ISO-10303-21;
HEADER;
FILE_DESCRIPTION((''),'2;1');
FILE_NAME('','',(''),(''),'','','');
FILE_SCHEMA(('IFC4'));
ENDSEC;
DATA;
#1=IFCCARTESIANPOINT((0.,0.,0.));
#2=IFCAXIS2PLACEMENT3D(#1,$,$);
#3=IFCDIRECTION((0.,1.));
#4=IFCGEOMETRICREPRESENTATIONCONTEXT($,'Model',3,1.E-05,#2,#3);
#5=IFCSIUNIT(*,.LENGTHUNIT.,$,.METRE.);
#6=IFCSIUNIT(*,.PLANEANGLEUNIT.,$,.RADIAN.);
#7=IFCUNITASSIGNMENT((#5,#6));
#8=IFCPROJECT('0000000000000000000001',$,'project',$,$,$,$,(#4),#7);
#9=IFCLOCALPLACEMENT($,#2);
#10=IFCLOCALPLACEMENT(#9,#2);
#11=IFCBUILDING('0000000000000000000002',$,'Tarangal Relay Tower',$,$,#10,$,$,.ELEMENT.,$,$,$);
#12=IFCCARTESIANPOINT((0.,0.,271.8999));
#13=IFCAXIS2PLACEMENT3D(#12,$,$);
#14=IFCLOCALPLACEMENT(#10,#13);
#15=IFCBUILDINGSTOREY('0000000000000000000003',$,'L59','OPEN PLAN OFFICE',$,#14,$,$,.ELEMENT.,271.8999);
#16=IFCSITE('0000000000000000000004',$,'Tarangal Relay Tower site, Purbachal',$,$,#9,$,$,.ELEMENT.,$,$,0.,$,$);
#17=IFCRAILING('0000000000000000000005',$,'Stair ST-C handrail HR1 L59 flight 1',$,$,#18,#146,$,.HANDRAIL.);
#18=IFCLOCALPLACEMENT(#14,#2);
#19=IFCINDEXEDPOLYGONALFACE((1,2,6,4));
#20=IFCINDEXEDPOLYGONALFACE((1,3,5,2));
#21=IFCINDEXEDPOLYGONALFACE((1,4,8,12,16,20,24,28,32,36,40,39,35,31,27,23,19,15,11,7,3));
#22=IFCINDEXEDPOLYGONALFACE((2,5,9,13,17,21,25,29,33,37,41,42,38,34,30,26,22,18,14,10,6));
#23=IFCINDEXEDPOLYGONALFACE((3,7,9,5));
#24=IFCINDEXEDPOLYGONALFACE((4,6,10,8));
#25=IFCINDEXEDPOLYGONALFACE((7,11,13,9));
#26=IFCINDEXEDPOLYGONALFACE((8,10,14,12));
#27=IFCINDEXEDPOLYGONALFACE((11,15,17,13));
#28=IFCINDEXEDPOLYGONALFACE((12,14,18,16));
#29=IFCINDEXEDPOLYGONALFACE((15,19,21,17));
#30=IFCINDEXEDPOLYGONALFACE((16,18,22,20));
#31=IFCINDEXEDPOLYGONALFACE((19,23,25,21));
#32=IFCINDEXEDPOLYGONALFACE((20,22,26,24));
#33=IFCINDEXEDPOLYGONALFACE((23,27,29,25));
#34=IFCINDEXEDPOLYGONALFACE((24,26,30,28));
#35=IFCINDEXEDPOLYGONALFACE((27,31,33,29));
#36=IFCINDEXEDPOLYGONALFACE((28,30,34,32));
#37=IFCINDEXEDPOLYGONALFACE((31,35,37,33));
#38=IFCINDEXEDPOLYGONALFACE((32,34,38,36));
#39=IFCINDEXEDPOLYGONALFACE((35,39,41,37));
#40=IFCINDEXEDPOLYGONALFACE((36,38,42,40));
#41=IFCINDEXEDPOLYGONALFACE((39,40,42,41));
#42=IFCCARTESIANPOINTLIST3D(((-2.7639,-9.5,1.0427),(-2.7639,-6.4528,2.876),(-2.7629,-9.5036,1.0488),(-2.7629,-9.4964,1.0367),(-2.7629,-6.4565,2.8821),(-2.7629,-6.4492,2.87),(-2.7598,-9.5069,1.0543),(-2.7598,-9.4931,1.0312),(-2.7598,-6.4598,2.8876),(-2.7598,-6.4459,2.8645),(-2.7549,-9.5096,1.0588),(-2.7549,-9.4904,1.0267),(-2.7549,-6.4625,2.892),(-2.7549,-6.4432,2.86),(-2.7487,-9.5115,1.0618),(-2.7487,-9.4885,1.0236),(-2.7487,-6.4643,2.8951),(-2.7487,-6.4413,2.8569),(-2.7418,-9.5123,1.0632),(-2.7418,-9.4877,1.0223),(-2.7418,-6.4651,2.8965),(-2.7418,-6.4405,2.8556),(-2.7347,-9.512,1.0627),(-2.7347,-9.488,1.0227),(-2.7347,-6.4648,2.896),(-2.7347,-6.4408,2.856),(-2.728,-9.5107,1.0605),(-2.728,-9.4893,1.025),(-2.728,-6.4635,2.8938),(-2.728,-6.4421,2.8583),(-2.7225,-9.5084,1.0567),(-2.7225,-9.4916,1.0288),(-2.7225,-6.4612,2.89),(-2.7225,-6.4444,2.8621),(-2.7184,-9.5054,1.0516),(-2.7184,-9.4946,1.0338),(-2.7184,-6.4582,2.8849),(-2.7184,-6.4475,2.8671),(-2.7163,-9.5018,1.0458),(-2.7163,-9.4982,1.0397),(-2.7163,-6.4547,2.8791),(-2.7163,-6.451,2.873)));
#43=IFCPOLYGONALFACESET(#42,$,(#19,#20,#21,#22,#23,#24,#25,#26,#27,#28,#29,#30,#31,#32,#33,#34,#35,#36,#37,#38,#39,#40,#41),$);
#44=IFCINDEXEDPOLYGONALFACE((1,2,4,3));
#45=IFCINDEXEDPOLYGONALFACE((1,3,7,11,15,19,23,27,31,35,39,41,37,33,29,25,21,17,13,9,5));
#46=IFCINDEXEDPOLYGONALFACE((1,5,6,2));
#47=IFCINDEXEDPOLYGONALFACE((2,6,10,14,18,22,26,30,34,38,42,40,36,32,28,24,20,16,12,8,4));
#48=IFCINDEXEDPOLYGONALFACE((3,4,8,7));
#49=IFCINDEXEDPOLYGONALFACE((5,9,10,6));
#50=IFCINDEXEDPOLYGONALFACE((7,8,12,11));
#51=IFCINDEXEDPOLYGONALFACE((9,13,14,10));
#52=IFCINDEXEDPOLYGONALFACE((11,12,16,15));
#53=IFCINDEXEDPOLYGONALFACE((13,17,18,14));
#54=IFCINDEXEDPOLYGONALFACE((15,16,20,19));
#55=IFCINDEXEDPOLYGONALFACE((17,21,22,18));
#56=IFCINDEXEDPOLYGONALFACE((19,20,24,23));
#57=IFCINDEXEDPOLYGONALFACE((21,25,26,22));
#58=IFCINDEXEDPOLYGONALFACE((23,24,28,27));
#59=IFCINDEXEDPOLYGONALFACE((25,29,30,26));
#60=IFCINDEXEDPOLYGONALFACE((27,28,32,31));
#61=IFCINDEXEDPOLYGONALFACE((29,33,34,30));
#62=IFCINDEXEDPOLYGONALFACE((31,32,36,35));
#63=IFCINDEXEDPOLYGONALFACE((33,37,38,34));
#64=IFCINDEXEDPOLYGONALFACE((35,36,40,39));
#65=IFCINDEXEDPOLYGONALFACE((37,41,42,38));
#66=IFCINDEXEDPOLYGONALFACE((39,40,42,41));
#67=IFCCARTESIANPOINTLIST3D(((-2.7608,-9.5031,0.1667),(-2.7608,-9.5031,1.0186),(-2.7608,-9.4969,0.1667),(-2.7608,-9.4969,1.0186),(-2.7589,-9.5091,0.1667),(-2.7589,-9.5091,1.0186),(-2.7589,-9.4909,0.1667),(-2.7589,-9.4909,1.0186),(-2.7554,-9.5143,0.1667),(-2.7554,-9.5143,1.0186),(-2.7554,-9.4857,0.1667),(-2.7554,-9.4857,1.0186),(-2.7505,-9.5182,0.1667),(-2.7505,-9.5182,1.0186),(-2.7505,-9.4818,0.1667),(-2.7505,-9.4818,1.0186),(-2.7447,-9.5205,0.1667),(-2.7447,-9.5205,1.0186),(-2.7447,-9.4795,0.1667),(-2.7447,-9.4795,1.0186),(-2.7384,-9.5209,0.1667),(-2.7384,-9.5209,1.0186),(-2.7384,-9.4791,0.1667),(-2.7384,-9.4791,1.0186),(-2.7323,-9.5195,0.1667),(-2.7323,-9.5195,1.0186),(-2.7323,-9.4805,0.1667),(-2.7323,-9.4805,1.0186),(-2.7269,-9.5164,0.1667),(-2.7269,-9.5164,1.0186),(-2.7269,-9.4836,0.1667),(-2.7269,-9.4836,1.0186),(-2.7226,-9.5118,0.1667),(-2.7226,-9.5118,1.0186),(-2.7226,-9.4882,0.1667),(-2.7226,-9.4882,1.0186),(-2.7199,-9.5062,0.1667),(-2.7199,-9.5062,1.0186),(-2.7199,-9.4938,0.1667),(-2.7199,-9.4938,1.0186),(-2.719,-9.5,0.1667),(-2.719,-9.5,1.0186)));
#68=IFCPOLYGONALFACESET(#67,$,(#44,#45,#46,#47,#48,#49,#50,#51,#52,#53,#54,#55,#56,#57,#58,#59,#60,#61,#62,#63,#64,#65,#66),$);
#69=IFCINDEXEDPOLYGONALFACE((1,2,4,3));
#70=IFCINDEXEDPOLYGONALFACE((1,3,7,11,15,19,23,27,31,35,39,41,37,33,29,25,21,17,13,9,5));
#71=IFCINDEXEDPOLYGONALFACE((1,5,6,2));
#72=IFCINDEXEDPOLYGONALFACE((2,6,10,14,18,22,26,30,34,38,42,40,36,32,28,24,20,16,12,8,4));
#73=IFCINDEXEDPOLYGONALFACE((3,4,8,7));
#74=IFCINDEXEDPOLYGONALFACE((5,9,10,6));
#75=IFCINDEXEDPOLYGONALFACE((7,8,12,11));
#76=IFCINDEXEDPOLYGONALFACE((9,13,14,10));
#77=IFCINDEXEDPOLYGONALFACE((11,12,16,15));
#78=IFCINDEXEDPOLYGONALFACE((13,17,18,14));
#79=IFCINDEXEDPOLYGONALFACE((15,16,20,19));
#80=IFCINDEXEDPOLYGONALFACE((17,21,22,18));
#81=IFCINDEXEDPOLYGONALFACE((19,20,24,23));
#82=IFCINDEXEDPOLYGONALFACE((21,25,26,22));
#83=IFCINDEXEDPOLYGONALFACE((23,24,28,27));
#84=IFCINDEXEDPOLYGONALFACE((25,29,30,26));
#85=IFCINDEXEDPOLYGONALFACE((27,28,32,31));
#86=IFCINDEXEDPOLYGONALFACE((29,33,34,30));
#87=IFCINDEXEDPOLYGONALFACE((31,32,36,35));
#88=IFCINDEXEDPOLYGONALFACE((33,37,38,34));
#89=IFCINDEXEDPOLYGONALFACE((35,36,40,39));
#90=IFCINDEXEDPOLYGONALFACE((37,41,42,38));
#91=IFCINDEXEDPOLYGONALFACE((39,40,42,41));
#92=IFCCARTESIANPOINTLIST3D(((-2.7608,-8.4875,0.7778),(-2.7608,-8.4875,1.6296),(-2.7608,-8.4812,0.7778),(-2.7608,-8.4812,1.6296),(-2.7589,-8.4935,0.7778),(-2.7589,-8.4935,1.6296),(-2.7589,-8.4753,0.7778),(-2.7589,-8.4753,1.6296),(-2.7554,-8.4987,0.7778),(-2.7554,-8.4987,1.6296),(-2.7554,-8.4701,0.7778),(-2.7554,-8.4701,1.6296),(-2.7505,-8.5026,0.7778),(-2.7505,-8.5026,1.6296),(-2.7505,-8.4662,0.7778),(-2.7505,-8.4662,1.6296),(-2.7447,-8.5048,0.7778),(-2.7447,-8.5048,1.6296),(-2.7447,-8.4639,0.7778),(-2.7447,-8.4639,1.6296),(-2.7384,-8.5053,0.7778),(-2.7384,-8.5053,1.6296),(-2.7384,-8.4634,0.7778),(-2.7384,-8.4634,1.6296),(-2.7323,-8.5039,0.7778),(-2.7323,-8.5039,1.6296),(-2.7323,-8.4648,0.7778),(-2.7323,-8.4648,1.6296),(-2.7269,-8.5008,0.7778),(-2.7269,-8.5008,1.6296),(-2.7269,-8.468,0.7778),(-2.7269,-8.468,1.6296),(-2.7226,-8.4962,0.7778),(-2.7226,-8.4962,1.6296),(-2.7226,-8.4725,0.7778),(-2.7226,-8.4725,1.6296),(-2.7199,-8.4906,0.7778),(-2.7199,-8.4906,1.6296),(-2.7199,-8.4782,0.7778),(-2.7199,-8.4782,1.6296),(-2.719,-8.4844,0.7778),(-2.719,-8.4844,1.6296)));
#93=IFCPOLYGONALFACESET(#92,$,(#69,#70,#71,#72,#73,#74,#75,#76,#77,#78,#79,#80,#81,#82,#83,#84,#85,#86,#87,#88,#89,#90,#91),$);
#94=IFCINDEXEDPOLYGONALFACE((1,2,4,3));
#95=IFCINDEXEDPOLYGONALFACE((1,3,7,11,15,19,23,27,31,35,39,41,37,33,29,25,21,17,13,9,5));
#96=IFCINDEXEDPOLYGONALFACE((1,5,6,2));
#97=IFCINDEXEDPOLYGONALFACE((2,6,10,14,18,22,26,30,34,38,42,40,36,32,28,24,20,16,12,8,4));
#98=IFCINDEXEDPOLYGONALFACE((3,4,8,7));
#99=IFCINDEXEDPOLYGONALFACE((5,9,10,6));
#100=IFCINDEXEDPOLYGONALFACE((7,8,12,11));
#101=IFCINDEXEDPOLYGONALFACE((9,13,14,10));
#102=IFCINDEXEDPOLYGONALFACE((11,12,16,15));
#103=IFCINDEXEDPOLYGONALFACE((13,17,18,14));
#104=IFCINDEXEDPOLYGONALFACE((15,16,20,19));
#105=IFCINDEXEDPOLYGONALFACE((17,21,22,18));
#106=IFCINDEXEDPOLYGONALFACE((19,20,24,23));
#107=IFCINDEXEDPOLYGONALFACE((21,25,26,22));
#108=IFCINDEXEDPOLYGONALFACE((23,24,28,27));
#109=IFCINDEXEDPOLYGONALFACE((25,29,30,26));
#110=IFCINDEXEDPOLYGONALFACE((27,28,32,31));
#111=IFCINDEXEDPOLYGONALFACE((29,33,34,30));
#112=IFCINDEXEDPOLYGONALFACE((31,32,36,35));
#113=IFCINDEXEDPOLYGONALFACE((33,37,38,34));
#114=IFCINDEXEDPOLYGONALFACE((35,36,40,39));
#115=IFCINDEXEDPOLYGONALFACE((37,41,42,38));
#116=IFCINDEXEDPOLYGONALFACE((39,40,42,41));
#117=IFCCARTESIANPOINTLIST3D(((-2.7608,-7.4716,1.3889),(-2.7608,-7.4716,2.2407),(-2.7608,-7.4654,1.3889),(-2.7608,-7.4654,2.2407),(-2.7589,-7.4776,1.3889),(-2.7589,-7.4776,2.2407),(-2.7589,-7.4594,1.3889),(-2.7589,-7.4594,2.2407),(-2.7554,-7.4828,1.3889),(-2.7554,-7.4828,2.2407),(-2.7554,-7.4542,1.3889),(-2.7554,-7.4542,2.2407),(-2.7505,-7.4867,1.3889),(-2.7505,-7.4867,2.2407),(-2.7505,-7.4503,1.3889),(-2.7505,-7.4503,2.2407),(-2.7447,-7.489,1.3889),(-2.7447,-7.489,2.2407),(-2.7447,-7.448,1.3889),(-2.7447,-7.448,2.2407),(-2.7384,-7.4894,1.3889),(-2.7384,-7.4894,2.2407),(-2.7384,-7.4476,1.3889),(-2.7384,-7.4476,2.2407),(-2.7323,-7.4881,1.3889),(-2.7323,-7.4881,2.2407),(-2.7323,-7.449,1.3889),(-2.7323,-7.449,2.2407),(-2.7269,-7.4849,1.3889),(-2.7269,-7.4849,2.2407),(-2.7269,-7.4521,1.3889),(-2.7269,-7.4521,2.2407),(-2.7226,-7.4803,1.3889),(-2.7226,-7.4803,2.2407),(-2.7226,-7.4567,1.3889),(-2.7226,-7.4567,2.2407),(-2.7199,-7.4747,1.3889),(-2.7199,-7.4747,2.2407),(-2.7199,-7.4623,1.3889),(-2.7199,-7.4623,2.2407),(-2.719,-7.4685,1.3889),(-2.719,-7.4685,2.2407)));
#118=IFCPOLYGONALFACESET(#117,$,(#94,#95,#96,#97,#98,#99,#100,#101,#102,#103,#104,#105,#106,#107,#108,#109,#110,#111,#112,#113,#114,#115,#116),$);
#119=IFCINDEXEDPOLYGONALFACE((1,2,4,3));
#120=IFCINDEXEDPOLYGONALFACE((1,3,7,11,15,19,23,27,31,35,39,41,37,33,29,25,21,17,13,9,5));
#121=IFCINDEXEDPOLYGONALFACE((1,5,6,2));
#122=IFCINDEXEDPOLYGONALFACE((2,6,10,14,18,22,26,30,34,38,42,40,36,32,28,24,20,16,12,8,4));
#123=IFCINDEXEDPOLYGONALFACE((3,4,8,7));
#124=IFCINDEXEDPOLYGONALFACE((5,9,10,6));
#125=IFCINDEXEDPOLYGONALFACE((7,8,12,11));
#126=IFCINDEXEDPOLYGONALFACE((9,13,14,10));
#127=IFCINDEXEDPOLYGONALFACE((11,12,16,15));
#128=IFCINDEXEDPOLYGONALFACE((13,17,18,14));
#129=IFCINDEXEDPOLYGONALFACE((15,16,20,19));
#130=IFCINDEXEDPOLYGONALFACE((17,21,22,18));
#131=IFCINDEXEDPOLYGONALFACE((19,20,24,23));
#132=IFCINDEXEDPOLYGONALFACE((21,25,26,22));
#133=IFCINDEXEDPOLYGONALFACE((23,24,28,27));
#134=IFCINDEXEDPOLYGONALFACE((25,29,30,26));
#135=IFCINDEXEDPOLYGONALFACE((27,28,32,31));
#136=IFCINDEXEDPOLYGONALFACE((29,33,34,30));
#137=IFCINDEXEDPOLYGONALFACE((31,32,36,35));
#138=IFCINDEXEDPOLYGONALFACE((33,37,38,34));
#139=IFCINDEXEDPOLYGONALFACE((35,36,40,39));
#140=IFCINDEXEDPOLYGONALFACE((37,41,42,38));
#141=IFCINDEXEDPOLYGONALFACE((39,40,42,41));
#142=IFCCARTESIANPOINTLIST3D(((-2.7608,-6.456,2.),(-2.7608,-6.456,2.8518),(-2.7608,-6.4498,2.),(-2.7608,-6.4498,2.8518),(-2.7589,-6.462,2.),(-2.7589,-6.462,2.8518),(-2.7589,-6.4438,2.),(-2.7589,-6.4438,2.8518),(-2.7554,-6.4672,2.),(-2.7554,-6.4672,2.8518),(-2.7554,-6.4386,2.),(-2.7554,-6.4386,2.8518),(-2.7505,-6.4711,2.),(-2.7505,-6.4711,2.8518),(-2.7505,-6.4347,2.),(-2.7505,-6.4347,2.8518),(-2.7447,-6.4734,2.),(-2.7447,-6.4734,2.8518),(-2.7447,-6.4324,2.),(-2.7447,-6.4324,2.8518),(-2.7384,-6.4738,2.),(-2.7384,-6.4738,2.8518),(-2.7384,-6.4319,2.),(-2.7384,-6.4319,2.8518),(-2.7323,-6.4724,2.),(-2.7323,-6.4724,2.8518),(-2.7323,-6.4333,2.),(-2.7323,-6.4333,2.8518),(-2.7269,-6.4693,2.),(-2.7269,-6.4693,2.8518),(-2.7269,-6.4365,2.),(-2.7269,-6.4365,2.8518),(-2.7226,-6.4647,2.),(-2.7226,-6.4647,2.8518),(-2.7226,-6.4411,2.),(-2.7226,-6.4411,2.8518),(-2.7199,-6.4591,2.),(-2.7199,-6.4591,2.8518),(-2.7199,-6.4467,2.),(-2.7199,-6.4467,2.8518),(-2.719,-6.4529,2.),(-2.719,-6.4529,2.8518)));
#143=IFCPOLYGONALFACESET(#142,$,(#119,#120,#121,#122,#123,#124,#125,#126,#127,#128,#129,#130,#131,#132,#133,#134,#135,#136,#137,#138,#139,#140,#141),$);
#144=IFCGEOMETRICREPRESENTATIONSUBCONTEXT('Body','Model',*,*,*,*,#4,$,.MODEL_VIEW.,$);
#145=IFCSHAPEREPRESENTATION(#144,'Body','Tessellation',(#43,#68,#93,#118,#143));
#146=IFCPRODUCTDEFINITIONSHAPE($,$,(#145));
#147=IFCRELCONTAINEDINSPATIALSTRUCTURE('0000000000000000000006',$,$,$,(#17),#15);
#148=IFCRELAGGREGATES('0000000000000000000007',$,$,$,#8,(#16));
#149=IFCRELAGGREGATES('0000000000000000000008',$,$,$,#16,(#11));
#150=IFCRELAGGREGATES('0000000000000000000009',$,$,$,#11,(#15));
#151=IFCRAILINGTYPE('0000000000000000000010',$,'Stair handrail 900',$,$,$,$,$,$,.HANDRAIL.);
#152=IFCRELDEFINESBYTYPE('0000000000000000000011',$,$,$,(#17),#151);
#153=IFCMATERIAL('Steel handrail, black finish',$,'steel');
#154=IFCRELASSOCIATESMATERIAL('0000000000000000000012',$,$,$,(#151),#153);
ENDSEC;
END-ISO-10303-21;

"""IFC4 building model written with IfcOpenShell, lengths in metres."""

from ifc_helpers import new_model, si_unit, direction, frame, origin, origin_2d, place, context, subcontext, project, spatial, circle, extrude, material, type_object, element, save


model = new_model("IFC4")

# Units and contexts
model_context = context("Model", 3, precision=1e-05, world=origin(), true_north=direction((0.0, 1.0)))
body_context = subcontext(model_context, "Body", "Model", "MODEL_VIEW")
ifc_project = project(units=[si_unit("LENGTHUNIT", "METRE"), si_unit("PLANEANGLEUNIT", "RADIAN")], contexts=[model_context])

# Site, building, storey
site_placement = place(None, origin())
site = spatial("IfcSite", under=ifc_project, at=site_placement, Name="Tarangal Relay Tower site, Purbachal", CompositionType="ELEMENT", RefElevation=0.0)
building_placement = place(site_placement, origin())
building = spatial("IfcBuilding", under=site, at=building_placement, Name="Tarangal Relay Tower", CompositionType="ELEMENT")
storey_placement = place(building_placement, frame((0.0, 0.0, 271.8999)))
storey = spatial("IfcBuildingStorey", under=building, at=storey_placement, Name="L59", Description="OPEN PLAN OFFICE", CompositionType="ELEMENT", Elevation=271.8999)

# Railing
ifc_material_1 = material(Name="Steel handrail, black finish", Category="steel")
railing_type_1 = type_object("IfcRailingType", Name="Stair handrail 900", PredefinedType="HANDRAIL", material=ifc_material_1)
railing_1_placement = place(storey_placement, frame((-2.74, -9.5, 0.1667)))
element("IfcRailing", 1, at=railing_1_placement, inside=storey, type_object=railing_type_1, Name="Stair ST-C handrail HR1 L59 flight 1", PredefinedType="HANDRAIL", context=body_context, shape_type="SweptSolid", body=[
    extrude(circle(Radius=0.0239, at=origin_2d()), frame((0.0, 0.0, 0.876), z_axis=(0.0, 0.856874, 0.515525), x_axis=(-1.0, 0.0, 0.0)), (0.0, 0.0, 1.0), 3.5562),
    extrude(circle(Radius=0.021, at=origin_2d()), origin(), (0.0, 0.0, 1.0), 0.8518),
    extrude(circle(Radius=0.021, at=origin_2d()), frame((0.0, 1.0156, 0.6111)), (0.0, 0.0, 1.0), 0.8518),
    extrude(circle(Radius=0.021, at=origin_2d()), frame((0.0, 2.0315, 1.2222)), (0.0, 0.0, 1.0), 0.8518),
    extrude(circle(Radius=0.021, at=origin_2d()), frame((0.0, 3.0471, 1.8333)), (0.0, 0.0, 1.0), 0.8518),
])

save(model, "model.ifc")
